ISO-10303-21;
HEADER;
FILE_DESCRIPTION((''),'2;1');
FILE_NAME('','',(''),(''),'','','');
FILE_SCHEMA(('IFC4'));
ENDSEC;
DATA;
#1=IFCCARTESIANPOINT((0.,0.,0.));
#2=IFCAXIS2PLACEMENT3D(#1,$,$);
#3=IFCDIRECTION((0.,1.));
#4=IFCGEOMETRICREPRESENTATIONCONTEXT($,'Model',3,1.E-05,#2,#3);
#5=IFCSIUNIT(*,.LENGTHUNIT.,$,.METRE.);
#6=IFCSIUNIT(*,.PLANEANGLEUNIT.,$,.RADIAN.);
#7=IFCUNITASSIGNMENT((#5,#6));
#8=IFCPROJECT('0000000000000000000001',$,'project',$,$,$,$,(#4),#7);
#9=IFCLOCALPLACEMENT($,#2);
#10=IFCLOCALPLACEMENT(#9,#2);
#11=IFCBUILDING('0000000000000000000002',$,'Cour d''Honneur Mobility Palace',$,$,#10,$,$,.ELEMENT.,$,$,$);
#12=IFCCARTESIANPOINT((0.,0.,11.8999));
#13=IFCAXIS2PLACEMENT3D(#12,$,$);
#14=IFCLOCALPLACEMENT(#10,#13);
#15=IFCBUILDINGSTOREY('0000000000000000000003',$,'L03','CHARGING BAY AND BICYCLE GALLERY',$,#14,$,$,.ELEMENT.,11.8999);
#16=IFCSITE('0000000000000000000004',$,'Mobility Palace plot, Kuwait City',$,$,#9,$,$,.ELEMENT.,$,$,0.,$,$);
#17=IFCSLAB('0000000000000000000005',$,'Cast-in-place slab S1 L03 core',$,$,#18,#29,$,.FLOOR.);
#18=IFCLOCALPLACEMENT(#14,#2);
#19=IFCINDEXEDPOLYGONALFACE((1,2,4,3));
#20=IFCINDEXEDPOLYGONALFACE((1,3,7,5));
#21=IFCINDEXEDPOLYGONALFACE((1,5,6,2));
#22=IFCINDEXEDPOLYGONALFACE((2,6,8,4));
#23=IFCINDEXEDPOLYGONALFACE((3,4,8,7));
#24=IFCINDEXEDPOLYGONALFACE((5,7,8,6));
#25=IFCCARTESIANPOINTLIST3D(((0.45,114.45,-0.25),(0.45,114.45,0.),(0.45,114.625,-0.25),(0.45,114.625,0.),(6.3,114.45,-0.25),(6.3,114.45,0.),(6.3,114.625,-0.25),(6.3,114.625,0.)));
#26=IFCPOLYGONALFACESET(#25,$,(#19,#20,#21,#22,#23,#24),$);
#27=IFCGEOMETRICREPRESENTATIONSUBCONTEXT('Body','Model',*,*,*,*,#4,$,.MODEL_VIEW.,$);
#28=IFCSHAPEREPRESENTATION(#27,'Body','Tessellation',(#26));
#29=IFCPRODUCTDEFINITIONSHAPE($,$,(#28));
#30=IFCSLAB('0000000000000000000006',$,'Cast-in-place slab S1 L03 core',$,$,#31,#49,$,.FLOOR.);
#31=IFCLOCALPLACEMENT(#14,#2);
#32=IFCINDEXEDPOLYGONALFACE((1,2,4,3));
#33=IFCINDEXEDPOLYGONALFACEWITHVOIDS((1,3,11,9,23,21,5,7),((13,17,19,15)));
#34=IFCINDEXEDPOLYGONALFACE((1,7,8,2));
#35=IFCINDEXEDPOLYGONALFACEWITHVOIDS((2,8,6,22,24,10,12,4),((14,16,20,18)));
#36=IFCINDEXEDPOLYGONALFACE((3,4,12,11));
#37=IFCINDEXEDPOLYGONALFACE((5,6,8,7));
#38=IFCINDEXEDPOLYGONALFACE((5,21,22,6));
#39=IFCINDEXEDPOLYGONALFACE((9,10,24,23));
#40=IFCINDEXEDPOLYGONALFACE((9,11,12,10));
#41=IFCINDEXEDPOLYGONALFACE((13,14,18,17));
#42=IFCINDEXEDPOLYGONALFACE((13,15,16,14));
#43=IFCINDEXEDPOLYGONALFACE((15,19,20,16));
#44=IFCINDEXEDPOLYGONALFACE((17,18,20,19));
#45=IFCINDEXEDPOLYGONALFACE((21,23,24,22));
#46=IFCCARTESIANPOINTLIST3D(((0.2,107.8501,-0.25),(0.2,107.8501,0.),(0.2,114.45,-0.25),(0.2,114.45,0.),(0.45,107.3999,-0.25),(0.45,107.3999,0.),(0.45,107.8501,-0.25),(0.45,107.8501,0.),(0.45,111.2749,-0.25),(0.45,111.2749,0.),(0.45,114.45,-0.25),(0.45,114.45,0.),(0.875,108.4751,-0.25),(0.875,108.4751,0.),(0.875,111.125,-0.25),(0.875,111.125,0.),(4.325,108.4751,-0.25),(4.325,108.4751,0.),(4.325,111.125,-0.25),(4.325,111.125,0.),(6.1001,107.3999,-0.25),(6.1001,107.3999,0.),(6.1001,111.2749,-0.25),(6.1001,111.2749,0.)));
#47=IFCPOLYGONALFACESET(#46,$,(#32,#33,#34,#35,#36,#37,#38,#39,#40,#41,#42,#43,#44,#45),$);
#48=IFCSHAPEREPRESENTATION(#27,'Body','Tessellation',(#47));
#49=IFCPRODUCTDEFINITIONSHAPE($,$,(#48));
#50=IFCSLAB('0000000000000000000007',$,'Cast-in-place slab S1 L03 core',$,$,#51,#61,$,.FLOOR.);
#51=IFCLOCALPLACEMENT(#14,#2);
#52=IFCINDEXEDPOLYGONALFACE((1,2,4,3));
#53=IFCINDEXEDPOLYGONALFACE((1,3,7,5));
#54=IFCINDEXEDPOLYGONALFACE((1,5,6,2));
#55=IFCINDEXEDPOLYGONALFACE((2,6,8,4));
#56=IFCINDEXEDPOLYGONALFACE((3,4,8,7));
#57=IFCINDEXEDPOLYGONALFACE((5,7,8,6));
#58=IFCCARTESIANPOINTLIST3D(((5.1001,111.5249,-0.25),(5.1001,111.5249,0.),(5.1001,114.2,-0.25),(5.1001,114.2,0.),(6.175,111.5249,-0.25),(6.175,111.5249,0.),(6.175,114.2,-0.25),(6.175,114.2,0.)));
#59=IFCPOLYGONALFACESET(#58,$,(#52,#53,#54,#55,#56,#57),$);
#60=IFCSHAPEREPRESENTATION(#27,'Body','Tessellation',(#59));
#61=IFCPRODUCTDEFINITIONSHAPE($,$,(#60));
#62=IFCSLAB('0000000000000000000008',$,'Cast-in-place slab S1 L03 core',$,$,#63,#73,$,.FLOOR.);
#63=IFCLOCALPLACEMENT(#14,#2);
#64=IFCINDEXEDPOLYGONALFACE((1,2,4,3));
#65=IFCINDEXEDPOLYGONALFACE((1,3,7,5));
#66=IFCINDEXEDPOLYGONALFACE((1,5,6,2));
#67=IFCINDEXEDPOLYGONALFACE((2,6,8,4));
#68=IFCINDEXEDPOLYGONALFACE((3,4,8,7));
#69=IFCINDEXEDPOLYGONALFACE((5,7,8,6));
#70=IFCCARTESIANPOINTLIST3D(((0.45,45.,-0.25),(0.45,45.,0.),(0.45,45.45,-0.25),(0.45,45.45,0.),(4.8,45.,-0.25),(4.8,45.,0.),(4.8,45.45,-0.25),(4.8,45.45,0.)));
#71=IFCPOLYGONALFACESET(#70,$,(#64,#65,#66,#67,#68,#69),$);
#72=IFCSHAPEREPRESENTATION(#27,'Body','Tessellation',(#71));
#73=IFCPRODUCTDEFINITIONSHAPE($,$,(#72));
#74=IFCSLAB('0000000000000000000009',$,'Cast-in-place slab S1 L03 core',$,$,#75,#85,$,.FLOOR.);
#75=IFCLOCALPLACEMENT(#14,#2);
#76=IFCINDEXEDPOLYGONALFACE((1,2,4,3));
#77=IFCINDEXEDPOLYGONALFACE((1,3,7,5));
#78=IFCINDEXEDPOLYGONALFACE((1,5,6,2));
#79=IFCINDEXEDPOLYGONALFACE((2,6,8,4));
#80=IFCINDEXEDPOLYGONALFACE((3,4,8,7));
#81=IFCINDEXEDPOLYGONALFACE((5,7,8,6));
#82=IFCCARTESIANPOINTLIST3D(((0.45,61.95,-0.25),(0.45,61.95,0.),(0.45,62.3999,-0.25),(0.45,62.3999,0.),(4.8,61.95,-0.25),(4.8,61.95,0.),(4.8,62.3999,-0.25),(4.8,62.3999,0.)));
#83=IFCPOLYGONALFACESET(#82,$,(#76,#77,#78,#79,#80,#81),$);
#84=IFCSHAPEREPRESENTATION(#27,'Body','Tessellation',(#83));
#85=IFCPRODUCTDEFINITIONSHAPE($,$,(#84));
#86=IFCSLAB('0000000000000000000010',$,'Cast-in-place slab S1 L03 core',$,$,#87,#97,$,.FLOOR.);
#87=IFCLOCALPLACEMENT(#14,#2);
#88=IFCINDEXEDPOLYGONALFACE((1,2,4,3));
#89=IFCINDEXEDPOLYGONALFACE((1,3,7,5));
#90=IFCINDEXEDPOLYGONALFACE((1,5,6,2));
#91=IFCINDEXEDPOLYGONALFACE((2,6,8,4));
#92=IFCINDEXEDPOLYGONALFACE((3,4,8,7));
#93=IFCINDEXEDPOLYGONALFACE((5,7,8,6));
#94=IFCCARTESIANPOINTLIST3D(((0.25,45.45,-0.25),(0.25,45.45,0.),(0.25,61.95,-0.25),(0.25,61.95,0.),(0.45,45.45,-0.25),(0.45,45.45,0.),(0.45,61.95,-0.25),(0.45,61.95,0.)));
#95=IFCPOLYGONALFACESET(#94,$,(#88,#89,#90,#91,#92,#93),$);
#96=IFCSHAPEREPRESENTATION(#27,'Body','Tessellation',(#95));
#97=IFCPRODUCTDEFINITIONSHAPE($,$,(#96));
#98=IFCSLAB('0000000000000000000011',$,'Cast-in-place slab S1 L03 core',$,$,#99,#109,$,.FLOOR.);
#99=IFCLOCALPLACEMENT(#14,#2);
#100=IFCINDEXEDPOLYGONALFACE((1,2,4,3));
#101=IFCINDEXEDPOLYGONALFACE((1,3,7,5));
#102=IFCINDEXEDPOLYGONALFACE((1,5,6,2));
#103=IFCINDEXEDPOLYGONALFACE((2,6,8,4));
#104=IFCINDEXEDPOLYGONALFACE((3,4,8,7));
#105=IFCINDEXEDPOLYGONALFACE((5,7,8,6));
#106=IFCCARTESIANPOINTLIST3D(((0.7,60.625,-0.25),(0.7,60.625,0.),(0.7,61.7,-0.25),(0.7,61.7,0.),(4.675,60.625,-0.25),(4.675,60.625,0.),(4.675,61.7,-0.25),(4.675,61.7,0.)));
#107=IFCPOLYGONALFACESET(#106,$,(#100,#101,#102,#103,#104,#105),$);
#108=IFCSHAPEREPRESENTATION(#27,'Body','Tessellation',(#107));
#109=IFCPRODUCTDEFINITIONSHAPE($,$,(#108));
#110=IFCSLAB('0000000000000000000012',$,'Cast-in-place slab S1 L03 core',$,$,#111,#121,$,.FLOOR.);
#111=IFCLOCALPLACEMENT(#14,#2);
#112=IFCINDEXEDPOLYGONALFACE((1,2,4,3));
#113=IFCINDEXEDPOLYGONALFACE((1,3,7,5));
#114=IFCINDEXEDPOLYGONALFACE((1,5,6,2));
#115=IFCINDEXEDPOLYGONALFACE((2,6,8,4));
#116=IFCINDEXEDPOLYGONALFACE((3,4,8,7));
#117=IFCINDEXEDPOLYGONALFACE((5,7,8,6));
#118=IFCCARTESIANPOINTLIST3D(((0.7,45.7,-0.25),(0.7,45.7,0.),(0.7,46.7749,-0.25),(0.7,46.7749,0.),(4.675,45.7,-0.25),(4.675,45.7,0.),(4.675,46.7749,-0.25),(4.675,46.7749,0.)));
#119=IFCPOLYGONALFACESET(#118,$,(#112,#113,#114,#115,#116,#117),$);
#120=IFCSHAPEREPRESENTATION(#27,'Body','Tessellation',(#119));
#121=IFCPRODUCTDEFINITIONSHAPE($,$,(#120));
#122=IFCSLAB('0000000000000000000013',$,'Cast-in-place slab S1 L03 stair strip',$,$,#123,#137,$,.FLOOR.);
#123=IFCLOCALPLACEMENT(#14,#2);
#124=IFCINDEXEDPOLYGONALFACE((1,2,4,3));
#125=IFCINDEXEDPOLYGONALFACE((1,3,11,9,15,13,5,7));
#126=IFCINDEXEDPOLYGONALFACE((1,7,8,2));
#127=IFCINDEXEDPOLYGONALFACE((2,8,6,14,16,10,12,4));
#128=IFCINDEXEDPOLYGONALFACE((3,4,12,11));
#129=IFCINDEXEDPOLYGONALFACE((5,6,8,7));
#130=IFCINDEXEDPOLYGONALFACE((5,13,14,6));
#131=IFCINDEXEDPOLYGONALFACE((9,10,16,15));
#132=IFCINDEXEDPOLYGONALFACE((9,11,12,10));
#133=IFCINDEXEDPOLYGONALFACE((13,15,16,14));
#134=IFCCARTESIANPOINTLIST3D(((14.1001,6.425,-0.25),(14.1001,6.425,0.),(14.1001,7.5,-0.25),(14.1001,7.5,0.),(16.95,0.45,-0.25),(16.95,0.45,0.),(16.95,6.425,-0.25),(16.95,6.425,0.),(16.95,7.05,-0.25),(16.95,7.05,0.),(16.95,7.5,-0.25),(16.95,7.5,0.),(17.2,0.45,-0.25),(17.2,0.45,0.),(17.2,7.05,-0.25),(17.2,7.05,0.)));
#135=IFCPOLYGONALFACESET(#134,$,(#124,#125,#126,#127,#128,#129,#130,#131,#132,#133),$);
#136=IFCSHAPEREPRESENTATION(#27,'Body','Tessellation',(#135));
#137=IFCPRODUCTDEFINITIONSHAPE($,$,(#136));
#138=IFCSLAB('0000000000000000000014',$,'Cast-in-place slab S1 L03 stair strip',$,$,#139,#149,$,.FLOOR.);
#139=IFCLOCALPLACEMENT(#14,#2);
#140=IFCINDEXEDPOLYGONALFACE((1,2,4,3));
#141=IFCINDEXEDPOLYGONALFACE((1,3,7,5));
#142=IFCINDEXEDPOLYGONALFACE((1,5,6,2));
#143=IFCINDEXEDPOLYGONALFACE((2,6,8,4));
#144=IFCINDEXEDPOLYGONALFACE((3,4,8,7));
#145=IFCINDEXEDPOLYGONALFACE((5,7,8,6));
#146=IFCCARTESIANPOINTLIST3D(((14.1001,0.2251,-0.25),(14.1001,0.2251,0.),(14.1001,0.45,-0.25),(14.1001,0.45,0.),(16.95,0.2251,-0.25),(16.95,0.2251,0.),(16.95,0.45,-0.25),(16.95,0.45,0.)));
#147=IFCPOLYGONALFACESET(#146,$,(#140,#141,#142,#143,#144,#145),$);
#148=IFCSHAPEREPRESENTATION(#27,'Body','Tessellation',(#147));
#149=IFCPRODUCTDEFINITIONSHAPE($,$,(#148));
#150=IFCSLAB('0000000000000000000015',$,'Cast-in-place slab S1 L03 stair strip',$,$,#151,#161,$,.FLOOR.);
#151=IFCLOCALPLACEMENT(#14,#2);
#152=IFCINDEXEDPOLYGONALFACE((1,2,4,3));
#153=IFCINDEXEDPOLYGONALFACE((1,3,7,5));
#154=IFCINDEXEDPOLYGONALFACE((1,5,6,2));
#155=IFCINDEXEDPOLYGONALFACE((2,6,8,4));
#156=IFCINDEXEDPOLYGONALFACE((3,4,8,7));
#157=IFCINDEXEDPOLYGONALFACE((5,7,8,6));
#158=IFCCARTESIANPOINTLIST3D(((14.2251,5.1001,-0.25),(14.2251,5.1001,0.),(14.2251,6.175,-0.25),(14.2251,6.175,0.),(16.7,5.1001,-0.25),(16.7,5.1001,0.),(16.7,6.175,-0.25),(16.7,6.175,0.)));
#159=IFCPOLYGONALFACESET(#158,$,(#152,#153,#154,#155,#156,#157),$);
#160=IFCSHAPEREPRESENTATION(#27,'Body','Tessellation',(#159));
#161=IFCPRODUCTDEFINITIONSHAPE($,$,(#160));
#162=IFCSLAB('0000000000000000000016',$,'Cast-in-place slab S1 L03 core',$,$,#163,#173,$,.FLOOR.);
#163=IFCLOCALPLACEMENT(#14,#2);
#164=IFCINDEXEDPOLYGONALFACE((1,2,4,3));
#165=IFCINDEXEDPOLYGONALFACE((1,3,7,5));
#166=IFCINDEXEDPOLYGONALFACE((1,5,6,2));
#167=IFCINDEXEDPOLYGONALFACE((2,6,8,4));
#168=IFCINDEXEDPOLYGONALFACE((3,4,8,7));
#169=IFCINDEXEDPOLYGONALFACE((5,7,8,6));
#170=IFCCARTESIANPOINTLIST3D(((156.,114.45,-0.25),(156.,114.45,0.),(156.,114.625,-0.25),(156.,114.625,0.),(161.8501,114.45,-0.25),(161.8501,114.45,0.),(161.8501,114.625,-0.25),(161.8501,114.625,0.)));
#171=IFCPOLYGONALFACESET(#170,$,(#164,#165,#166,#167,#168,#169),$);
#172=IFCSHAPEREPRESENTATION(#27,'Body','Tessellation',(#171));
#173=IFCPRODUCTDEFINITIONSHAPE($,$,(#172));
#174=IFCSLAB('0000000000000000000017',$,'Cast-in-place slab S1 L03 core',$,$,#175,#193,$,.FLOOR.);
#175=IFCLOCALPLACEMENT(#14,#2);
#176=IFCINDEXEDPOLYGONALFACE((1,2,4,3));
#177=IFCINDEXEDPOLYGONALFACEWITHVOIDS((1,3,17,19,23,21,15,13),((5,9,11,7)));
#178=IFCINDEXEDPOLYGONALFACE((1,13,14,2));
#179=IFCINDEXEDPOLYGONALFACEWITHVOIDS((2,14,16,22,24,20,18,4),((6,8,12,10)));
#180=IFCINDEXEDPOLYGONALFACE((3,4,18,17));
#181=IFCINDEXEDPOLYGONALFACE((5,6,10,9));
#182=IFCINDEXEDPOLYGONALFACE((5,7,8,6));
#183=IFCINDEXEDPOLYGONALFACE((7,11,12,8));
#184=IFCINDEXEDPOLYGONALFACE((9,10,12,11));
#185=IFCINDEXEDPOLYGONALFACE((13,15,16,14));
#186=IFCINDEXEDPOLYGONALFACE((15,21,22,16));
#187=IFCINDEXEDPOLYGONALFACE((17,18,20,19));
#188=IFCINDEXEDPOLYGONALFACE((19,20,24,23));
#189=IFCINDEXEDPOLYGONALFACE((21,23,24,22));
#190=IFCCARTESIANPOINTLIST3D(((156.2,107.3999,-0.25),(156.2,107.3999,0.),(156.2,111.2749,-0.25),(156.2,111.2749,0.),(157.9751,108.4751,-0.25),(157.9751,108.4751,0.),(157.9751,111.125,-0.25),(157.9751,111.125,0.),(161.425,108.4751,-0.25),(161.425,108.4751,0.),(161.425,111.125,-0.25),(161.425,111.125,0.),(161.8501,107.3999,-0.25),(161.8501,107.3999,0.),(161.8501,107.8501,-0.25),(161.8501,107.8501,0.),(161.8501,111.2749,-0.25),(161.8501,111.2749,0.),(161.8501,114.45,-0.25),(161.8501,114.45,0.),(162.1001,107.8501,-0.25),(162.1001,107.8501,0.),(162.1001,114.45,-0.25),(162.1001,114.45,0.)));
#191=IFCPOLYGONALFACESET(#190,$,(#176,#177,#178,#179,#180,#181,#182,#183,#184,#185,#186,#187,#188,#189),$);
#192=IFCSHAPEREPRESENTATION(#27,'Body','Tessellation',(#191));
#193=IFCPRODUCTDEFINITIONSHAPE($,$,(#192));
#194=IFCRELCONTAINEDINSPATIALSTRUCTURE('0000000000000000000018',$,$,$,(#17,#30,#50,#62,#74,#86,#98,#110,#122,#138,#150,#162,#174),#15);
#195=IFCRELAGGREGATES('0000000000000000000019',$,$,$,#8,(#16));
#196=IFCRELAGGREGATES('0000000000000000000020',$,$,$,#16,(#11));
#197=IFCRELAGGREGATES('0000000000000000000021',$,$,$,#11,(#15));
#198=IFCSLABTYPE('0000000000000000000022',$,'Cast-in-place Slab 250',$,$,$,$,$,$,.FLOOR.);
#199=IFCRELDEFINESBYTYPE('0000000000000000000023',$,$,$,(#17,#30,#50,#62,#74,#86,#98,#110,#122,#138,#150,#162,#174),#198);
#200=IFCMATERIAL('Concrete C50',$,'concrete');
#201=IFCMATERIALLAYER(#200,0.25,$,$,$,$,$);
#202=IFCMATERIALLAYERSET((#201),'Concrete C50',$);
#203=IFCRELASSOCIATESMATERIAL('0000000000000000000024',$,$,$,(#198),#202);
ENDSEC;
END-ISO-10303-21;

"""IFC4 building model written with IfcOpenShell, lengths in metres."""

from ifc_helpers import new_model, si_unit, direction, frame, origin, place, context, subcontext, project, spatial, polyline, outline, extrude, material, layer, layer_set, type_object, element, save


model = new_model("IFC4")

# Units and contexts
model_context = context("Model", 3, precision=1e-05, world=origin(), true_north=direction((0.0, 1.0)))
body_context = subcontext(model_context, "Body", "Model", "MODEL_VIEW")
ifc_project = project(units=[si_unit("LENGTHUNIT", "METRE"), si_unit("PLANEANGLEUNIT", "RADIAN")], contexts=[model_context])

# Site, building, storey
site_placement = place(None, origin())
site = spatial("IfcSite", under=ifc_project, at=site_placement, Name="Mobility Palace plot, Kuwait City", CompositionType="ELEMENT", RefElevation=0.0)
building_placement = place(site_placement, origin())
building = spatial("IfcBuilding", under=site, at=building_placement, Name="Cour d'Honneur Mobility Palace", CompositionType="ELEMENT")
storey_placement = place(building_placement, frame((0.0, 0.0, 11.8999)))
storey = spatial("IfcBuildingStorey", under=building, at=storey_placement, Name="L03", Description="CHARGING BAY AND BICYCLE GALLERY", CompositionType="ELEMENT", Elevation=11.8999)

# Slabs
ifc_material_1 = material(Name="Concrete C50", Category="concrete")
ifc_layer_1 = layer(ifc_material_1, 0.25)
ifc_layer_set_1 = layer_set([ifc_layer_1], Name="Concrete C50")
slab_type_1 = type_object("IfcSlabType", Name="Cast-in-place Slab 250", PredefinedType="FLOOR", material=ifc_layer_set_1)
slab_1_placement = place(storey_placement, frame((0.0, 0.0, -0.25)))
element("IfcSlab", 1, at=slab_1_placement, inside=storey, type_object=slab_type_1, Name="Cast-in-place slab S1 L03 core", PredefinedType="FLOOR", context=body_context, shape_type="SweptSolid", body=[
    extrude(outline(polyline([(0.45, 114.625), (6.3, 114.625), (6.3, 114.45), (0.45, 114.45), (0.45, 114.625)])), origin(), (0.0, 0.0, 1.0), 0.25),
])
slab_2_placement = place(storey_placement, frame((0.0, 0.0, -0.25)))
element("IfcSlab", 2, at=slab_2_placement, inside=storey, type_object=slab_type_1, Name="Cast-in-place slab S1 L03 core", PredefinedType="FLOOR", context=body_context, shape_type="SweptSolid", body=[
    extrude(outline(polyline([(0.2, 107.8501), (0.2, 114.45), (0.45, 114.45), (0.45, 111.2749), (6.1001, 111.2749), (6.1001, 107.3999), (0.45, 107.3999), (0.45, 107.8501), (0.2, 107.8501)]), holes=[polyline([(0.875, 111.125), (0.875, 108.4751), (4.325, 108.4751), (4.325, 111.125), (0.875, 111.125)])]), origin(), (0.0, 0.0, 1.0), 0.25),
])
slab_3_placement = place(storey_placement, frame((0.0, 0.0, -0.25)))
element("IfcSlab", 3, at=slab_3_placement, inside=storey, type_object=slab_type_1, Name="Cast-in-place slab S1 L03 core", PredefinedType="FLOOR", context=body_context, shape_type="SweptSolid", body=[
    extrude(outline(polyline([(6.175, 111.5249), (5.1001, 111.5249), (5.1001, 114.2), (6.175, 114.2), (6.175, 111.5249)])), origin(), (0.0, 0.0, 1.0), 0.25),
])
slab_4_placement = place(storey_placement, frame((0.0, 0.0, -0.25)))
element("IfcSlab", 4, at=slab_4_placement, inside=storey, type_object=slab_type_1, Name="Cast-in-place slab S1 L03 core", PredefinedType="FLOOR", context=body_context, shape_type="SweptSolid", body=[
    extrude(outline(polyline([(0.45, 45.45), (4.8, 45.45), (4.8, 45.0), (0.45, 45.0), (0.45, 45.45)])), origin(), (0.0, 0.0, 1.0), 0.25),
])
slab_5_placement = place(storey_placement, frame((0.0, 0.0, -0.25)))
element("IfcSlab", 5, at=slab_5_placement, inside=storey, type_object=slab_type_1, Name="Cast-in-place slab S1 L03 core", PredefinedType="FLOOR", context=body_context, shape_type="SweptSolid", body=[
    extrude(outline(polyline([(0.45, 61.95), (0.45, 62.3999), (4.8, 62.3999), (4.8, 61.95), (0.45, 61.95)])), origin(), (0.0, 0.0, 1.0), 0.25),
])
slab_6_placement = place(storey_placement, frame((0.0, 0.0, -0.25)))
element("IfcSlab", 6, at=slab_6_placement, inside=storey, type_object=slab_type_1, Name="Cast-in-place slab S1 L03 core", PredefinedType="FLOOR", context=body_context, shape_type="SweptSolid", body=[
    extrude(outline(polyline([(0.45, 61.95), (0.45, 45.45), (0.25, 45.45), (0.25, 61.95), (0.45, 61.95)])), origin(), (0.0, 0.0, 1.0), 0.25),
])
slab_7_placement = place(storey_placement, frame((0.0, 0.0, -0.25)))
element("IfcSlab", 7, at=slab_7_placement, inside=storey, type_object=slab_type_1, Name="Cast-in-place slab S1 L03 core", PredefinedType="FLOOR", context=body_context, shape_type="SweptSolid", body=[
    extrude(outline(polyline([(4.675, 60.625), (0.7, 60.625), (0.7, 61.7), (4.675, 61.7), (4.675, 60.625)])), origin(), (0.0, 0.0, 1.0), 0.25),
])
slab_8_placement = place(storey_placement, frame((0.0, 0.0, -0.25)))
element("IfcSlab", 8, at=slab_8_placement, inside=storey, type_object=slab_type_1, Name="Cast-in-place slab S1 L03 core", PredefinedType="FLOOR", context=body_context, shape_type="SweptSolid", body=[
    extrude(outline(polyline([(0.7, 45.7), (0.7, 46.7749), (4.675, 46.7749), (4.675, 45.7), (0.7, 45.7)])), origin(), (0.0, 0.0, 1.0), 0.25),
])
slab_9_placement = place(storey_placement, frame((0.0, 0.0, -0.25)))
element("IfcSlab", 9, at=slab_9_placement, inside=storey, type_object=slab_type_1, Name="Cast-in-place slab S1 L03 stair strip", PredefinedType="FLOOR", context=body_context, shape_type="SweptSolid", body=[
    extrude(outline(polyline([(16.95, 7.05), (17.2, 7.05), (17.2, 0.45), (16.95, 0.45), (16.95, 6.425), (14.1001, 6.425), (14.1001, 7.5), (16.95, 7.5), (16.95, 7.05)])), origin(), (0.0, 0.0, 1.0), 0.25),
])
slab_10_placement = place(storey_placement, frame((0.0, 0.0, -0.25)))
element("IfcSlab", 10, at=slab_10_placement, inside=storey, type_object=slab_type_1, Name="Cast-in-place slab S1 L03 stair strip", PredefinedType="FLOOR", context=body_context, shape_type="SweptSolid", body=[
    extrude(outline(polyline([(16.95, 0.2251), (14.1001, 0.2251), (14.1001, 0.45), (16.95, 0.45), (16.95, 0.2251)])), origin(), (0.0, 0.0, 1.0), 0.25),
])
slab_11_placement = place(storey_placement, frame((0.0, 0.0, -0.25)))
element("IfcSlab", 11, at=slab_11_placement, inside=storey, type_object=slab_type_1, Name="Cast-in-place slab S1 L03 stair strip", PredefinedType="FLOOR", context=body_context, shape_type="SweptSolid", body=[
    extrude(outline(polyline([(14.2251, 5.1001), (14.2251, 6.175), (16.7, 6.175), (16.7, 5.1001), (14.2251, 5.1001)])), origin(), (0.0, 0.0, 1.0), 0.25),
])
slab_12_placement = place(storey_placement, frame((0.0, 0.0, -0.25)))
element("IfcSlab", 12, at=slab_12_placement, inside=storey, type_object=slab_type_1, Name="Cast-in-place slab S1 L03 core", PredefinedType="FLOOR", context=body_context, shape_type="SweptSolid", body=[
    extrude(outline(polyline([(161.8501, 114.45), (156.0, 114.45), (156.0, 114.625), (161.8501, 114.625), (161.8501, 114.45)])), origin(), (0.0, 0.0, 1.0), 0.25),
])
slab_13_placement = place(storey_placement, frame((0.0, 0.0, -0.25)))
element("IfcSlab", 13, at=slab_13_placement, inside=storey, type_object=slab_type_1, Name="Cast-in-place slab S1 L03 core", PredefinedType="FLOOR", context=body_context, shape_type="SweptSolid", body=[
    extrude(outline(polyline([(162.1001, 114.45), (162.1001, 107.8501), (161.8501, 107.8501), (161.8501, 107.3999), (156.2, 107.3999), (156.2, 111.2749), (161.8501, 111.2749), (161.8501, 114.45), (162.1001, 114.45)]), holes=[polyline([(161.425, 111.125), (157.9751, 111.125), (157.9751, 108.4751), (161.425, 108.4751), (161.425, 111.125)])]), origin(), (0.0, 0.0, 1.0), 0.25),
])

save(model, "model.ifc")
